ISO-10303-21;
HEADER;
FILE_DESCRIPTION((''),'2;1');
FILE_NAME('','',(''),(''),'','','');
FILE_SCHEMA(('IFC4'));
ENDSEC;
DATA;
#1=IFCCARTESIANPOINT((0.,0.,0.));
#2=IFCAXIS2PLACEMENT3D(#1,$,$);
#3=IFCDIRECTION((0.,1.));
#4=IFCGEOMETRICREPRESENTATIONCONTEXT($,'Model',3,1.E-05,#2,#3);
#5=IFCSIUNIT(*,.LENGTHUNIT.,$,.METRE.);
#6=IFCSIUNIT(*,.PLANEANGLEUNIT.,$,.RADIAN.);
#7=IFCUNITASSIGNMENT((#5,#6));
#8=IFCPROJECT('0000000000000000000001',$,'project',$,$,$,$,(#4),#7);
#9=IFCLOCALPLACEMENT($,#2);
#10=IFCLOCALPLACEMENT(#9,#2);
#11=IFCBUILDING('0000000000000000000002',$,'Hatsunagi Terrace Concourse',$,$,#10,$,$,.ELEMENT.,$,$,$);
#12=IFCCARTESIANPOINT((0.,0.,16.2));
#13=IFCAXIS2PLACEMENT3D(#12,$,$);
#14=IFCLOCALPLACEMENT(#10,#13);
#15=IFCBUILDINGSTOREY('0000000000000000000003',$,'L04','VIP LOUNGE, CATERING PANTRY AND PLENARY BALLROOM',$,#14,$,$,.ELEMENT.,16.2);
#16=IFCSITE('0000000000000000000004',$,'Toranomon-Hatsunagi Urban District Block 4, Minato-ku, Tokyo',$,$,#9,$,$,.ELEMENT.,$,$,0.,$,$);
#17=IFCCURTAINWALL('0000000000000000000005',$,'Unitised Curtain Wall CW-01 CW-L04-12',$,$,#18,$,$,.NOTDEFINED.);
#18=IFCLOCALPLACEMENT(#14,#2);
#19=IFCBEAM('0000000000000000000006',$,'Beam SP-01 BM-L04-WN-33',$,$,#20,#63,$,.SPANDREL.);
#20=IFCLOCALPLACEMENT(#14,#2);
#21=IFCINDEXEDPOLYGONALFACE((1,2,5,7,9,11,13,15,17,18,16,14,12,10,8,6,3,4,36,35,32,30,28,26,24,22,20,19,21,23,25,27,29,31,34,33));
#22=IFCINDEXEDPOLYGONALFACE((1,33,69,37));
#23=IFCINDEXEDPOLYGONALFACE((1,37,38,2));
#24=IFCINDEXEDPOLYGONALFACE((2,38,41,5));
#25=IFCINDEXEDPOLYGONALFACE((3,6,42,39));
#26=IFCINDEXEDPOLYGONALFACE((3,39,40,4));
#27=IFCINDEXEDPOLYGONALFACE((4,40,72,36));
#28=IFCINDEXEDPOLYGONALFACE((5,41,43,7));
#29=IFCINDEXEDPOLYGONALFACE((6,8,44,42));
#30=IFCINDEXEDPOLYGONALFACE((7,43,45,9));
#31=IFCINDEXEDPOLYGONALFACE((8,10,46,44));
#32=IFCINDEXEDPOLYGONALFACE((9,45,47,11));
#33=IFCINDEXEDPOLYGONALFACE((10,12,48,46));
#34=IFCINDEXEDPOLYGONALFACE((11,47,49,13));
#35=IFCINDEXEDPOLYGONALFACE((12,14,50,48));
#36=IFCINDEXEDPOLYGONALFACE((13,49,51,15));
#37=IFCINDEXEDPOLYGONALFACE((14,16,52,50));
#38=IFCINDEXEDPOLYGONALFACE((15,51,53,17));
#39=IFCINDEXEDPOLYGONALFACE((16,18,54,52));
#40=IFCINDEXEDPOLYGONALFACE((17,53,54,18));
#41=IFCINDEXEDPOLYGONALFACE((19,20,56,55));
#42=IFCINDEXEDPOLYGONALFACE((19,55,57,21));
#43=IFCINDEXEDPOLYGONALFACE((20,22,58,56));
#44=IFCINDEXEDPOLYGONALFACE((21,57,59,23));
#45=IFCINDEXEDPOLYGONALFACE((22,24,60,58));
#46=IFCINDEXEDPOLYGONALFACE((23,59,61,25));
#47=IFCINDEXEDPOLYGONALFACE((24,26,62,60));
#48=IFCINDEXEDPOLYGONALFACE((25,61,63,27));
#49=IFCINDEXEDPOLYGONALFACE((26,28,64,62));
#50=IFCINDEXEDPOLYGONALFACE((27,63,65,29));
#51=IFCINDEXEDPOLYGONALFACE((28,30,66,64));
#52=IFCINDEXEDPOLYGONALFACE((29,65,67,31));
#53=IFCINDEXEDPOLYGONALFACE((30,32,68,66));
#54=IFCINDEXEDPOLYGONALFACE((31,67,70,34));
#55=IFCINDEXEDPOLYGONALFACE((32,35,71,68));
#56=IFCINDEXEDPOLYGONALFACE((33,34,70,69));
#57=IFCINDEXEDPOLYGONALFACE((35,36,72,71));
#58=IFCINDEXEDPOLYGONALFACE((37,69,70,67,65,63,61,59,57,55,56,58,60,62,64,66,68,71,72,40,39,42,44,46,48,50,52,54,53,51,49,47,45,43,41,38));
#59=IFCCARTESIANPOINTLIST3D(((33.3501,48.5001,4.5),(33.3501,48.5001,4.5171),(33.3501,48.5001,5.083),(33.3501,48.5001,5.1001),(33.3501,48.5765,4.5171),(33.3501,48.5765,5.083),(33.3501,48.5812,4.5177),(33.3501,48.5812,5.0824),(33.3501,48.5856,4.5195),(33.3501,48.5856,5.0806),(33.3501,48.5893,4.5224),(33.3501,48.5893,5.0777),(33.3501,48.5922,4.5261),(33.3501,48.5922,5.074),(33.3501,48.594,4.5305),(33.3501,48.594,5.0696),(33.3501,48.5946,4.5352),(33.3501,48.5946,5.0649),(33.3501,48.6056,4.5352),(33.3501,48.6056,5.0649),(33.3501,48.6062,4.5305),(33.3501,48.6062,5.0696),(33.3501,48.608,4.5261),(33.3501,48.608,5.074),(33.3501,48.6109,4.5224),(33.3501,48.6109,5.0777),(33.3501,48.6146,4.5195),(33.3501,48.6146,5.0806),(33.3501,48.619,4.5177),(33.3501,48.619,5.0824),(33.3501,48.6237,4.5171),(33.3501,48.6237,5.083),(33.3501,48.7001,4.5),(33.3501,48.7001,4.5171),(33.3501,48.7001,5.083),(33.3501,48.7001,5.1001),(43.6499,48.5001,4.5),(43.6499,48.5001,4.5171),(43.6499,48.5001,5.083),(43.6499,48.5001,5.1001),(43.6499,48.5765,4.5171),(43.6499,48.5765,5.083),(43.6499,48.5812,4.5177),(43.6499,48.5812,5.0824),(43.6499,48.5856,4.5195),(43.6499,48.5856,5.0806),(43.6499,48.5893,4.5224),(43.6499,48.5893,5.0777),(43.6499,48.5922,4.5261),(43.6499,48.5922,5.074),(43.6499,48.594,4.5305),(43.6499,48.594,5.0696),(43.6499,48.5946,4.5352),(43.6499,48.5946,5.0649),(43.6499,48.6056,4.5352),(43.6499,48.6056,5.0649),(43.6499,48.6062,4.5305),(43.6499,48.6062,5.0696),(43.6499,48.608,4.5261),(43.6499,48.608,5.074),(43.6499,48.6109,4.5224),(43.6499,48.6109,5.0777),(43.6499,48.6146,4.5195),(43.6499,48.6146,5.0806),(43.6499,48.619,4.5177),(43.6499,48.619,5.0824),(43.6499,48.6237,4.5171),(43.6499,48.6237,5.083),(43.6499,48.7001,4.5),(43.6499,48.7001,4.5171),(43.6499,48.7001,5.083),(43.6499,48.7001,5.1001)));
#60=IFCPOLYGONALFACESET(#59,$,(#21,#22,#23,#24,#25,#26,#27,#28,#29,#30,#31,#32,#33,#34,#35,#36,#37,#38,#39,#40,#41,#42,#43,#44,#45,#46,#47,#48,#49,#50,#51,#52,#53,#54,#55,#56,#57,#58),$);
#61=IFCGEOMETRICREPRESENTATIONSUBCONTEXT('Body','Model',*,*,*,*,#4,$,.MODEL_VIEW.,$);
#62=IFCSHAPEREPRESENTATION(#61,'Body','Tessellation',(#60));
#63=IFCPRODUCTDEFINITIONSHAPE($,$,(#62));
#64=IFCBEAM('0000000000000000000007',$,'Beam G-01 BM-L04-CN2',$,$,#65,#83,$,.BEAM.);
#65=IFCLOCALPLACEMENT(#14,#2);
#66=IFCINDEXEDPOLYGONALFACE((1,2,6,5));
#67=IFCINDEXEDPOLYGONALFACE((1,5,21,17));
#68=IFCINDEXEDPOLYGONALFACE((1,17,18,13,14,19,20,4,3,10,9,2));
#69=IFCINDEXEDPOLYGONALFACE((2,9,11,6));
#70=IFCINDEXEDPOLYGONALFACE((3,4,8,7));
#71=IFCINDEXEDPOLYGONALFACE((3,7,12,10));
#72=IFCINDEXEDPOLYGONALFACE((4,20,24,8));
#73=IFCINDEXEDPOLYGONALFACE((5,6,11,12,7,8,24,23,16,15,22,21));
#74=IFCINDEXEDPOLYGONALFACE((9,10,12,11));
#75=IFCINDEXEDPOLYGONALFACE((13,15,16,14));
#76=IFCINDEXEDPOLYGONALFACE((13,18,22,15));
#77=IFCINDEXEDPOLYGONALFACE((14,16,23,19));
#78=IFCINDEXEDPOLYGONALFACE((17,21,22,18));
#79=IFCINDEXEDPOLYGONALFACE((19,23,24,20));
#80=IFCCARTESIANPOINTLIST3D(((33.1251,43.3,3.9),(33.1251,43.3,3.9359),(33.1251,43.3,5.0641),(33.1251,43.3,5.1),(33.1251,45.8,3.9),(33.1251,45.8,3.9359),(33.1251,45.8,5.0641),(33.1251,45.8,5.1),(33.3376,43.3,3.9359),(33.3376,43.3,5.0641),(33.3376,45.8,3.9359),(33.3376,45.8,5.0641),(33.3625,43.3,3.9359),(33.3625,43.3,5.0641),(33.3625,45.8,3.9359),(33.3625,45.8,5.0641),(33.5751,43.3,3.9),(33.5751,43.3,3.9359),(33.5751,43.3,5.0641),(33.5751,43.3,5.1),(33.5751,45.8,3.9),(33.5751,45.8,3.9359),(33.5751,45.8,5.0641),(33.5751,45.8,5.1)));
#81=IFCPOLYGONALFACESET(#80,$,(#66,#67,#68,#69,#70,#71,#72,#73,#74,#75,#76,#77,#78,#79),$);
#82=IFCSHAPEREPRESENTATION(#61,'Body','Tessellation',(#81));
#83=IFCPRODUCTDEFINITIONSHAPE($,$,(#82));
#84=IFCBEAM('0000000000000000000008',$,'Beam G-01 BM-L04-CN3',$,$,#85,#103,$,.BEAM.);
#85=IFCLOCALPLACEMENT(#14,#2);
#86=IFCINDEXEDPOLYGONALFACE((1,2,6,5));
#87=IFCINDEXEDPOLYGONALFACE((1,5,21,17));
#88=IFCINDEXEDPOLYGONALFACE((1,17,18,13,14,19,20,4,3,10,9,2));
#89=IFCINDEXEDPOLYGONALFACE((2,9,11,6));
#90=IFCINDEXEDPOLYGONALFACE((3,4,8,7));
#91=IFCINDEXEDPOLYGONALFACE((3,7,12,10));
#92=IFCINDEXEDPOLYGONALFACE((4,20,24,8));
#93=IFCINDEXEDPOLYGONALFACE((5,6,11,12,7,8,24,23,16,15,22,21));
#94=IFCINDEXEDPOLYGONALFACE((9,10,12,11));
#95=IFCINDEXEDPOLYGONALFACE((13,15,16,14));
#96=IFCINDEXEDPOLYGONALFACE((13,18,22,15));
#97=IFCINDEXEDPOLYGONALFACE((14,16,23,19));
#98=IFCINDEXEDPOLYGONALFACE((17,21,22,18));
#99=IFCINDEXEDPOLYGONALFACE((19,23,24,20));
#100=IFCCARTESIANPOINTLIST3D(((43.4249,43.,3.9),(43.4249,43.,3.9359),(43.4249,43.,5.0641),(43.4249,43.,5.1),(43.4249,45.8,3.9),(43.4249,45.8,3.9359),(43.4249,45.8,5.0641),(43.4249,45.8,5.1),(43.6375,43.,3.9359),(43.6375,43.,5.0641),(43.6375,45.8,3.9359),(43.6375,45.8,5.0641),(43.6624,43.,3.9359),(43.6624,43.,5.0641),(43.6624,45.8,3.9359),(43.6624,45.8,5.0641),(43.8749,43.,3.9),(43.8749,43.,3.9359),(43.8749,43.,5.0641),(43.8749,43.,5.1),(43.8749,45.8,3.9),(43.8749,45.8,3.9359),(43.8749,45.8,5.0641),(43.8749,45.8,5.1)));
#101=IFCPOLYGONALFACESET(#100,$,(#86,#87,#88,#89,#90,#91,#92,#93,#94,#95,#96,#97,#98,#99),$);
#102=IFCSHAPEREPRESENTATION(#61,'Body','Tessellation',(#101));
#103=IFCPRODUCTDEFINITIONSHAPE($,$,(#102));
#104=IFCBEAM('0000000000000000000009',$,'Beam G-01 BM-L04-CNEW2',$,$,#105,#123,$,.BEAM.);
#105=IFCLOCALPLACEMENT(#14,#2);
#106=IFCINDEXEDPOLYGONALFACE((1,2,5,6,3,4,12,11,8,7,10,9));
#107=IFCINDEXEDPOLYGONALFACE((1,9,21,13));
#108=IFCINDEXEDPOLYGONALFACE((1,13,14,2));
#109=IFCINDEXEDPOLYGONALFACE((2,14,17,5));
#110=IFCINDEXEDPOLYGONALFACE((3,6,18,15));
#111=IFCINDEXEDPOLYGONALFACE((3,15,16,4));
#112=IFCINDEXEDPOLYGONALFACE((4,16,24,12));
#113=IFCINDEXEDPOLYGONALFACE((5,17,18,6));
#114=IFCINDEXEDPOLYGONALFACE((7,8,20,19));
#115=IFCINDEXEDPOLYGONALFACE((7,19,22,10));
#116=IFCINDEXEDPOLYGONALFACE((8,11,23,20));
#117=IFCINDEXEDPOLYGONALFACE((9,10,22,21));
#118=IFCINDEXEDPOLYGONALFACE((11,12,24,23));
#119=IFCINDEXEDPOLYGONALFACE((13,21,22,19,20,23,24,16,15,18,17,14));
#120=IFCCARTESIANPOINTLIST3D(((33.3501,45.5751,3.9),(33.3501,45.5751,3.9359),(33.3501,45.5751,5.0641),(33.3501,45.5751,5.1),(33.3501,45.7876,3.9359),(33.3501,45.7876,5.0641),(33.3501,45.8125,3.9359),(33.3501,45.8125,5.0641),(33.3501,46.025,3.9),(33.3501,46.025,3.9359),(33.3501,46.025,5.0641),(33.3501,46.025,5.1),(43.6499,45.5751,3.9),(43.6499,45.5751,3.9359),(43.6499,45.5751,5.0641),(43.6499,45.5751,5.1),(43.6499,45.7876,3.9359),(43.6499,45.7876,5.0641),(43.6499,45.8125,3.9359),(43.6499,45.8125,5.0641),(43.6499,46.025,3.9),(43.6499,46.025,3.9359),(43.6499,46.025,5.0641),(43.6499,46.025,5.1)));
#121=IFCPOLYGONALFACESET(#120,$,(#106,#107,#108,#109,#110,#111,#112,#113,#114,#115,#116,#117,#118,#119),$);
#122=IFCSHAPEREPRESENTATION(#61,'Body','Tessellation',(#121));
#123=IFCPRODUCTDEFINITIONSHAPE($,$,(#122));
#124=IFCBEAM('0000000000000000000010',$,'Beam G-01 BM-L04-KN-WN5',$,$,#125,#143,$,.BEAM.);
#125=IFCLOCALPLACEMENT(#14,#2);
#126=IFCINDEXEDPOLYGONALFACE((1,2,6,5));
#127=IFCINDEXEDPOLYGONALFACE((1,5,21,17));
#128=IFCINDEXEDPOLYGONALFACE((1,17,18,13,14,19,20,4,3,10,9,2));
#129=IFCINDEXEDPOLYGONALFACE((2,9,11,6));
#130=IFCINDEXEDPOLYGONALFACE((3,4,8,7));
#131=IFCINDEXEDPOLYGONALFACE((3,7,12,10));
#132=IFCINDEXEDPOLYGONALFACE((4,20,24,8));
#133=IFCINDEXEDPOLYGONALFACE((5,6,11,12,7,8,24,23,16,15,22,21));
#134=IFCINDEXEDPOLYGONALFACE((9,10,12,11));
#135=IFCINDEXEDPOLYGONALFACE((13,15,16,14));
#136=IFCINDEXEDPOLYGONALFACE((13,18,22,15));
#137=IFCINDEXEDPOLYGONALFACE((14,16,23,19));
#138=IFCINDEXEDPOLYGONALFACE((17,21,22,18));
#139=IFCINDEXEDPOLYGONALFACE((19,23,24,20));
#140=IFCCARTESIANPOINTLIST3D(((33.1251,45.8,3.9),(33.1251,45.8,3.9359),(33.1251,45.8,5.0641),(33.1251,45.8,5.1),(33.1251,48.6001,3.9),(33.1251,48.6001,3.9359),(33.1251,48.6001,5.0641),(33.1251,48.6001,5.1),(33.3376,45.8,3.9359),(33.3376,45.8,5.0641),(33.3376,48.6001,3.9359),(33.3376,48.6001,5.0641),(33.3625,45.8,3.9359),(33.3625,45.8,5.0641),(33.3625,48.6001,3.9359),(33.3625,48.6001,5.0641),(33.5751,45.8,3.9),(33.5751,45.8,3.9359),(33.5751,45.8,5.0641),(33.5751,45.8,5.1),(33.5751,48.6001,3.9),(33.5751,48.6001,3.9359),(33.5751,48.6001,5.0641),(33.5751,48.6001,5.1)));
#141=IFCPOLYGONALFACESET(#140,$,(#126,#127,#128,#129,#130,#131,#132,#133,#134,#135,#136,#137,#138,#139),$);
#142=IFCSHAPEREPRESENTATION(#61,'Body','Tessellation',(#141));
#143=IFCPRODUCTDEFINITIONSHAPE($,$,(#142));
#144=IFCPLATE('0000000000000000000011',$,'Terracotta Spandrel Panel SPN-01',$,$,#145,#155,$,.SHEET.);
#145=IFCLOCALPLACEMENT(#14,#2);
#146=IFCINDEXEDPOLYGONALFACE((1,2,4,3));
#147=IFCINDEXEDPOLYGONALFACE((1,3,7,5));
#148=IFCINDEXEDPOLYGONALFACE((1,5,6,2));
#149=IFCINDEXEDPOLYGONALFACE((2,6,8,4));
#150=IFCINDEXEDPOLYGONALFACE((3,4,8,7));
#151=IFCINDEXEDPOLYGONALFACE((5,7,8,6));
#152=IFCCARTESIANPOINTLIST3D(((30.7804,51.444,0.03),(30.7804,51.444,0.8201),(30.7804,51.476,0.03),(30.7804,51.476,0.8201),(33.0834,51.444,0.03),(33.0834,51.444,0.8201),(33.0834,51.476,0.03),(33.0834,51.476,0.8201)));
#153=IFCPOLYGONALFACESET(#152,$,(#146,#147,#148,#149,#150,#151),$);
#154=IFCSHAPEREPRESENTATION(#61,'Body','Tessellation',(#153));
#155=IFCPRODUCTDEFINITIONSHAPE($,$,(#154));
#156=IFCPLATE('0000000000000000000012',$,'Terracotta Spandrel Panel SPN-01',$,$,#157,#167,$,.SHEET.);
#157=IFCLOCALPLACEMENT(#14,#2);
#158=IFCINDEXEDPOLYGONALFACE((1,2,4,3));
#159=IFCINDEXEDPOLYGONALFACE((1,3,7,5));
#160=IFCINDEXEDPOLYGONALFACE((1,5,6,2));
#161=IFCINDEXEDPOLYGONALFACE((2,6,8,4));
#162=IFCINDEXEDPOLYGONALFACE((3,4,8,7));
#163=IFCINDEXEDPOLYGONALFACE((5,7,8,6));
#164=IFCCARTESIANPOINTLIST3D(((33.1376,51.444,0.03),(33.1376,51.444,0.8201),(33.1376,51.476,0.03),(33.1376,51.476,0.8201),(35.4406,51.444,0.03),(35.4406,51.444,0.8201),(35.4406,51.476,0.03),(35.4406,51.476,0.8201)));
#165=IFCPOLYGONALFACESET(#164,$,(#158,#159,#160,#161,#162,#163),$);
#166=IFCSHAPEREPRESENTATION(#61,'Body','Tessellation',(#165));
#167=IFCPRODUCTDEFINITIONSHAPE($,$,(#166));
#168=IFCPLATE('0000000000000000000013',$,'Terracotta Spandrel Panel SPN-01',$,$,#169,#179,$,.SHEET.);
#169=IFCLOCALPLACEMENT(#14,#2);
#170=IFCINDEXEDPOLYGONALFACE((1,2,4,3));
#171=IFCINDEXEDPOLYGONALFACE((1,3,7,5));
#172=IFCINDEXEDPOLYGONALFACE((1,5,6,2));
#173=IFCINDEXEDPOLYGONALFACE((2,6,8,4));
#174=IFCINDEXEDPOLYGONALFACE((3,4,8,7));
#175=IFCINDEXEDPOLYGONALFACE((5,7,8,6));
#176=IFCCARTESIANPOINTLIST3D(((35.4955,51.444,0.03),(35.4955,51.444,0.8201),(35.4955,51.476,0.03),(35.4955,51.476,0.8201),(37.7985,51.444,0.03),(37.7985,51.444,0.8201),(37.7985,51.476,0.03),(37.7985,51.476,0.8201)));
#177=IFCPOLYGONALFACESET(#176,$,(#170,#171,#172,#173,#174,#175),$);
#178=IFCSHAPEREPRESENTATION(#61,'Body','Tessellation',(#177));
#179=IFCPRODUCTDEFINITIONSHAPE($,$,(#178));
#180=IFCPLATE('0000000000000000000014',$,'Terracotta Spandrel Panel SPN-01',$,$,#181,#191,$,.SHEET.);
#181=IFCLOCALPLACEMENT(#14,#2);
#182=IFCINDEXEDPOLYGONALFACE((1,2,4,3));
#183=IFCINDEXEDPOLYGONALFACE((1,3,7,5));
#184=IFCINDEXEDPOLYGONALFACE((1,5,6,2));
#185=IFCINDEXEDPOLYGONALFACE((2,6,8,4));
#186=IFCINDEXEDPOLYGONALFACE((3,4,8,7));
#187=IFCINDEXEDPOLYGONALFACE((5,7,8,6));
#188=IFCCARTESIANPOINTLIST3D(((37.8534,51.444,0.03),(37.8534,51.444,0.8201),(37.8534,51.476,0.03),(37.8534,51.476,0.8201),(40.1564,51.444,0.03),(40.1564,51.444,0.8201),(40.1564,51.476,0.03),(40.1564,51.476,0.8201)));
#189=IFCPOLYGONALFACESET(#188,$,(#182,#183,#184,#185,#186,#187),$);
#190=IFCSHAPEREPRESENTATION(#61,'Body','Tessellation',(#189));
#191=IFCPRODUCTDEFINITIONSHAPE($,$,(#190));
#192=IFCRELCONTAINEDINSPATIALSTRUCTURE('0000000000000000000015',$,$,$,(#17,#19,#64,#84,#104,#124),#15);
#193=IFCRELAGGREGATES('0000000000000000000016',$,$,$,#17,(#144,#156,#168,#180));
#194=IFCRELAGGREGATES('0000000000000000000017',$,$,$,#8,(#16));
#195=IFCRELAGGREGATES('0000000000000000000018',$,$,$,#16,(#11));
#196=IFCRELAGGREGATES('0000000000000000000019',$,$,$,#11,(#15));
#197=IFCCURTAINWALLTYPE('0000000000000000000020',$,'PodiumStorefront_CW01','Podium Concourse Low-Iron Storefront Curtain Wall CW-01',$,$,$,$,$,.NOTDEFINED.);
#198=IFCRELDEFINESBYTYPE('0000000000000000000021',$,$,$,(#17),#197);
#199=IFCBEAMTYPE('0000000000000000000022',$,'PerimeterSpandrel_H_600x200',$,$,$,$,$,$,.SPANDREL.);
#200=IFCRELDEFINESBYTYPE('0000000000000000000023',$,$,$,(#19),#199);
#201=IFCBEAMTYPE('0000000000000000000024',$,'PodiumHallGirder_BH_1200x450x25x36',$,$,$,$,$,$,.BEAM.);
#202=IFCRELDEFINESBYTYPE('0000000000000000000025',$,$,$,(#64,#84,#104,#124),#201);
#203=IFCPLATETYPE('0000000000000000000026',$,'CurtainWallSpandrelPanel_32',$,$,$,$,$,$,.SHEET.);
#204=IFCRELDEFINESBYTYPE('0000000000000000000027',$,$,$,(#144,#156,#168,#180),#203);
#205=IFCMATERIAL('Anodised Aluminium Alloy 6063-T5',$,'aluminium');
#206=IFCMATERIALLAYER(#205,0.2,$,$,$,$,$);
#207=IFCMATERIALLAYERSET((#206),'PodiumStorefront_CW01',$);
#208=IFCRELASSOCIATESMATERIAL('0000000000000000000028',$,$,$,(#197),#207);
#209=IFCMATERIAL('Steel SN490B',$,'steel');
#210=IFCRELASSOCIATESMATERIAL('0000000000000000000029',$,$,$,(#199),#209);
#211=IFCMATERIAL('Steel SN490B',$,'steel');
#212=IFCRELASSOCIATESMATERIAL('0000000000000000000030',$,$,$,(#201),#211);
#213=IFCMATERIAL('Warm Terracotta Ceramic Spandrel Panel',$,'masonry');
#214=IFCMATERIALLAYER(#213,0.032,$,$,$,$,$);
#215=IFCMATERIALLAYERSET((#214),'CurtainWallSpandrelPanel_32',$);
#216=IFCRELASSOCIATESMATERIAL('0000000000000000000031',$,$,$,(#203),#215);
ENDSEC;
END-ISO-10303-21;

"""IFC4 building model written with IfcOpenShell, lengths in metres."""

from ifc_helpers import new_model, si_unit, direction, frame, origin, origin_2d, place, context, subcontext, project, spatial, rectangle, i_section, extrude, material, layer, layer_set, material_profile, profile_set, type_object, element, aggregate, save


model = new_model("IFC4")

# Units and contexts
model_context = context("Model", 3, precision=1e-05, world=origin(), true_north=direction((0.0, 1.0)))
body_context = subcontext(model_context, "Body", "Model", "MODEL_VIEW")
ifc_project = project(units=[si_unit("LENGTHUNIT", "METRE"), si_unit("PLANEANGLEUNIT", "RADIAN")], contexts=[model_context])

# Site, building, storey
site_placement = place(None, origin())
site = spatial("IfcSite", under=ifc_project, at=site_placement, Name="Toranomon-Hatsunagi Urban District Block 4, Minato-ku, Tokyo", CompositionType="ELEMENT", RefElevation=0.0)
building_placement = place(site_placement, origin())
building = spatial("IfcBuilding", under=site, at=building_placement, Name="Hatsunagi Terrace Concourse", CompositionType="ELEMENT")
storey_placement = place(building_placement, frame((0.0, 0.0, 16.2)))
storey = spatial("IfcBuildingStorey", under=building, at=storey_placement, Name="L04", Description="VIP LOUNGE, CATERING PANTRY AND PLENARY BALLROOM", CompositionType="ELEMENT", Elevation=16.2)

# Curtain wall
ifc_material_1 = material(Name="Anodised Aluminium Alloy 6063-T5", Category="aluminium")
ifc_layer_1 = layer(ifc_material_1, 0.2)
ifc_layer_set_1 = layer_set([ifc_layer_1], Name="PodiumStorefront_CW01")
curtain_wall_type = type_object("IfcCurtainWallType", Name="PodiumStorefront_CW01", Description="Podium Concourse Low-Iron Storefront Curtain Wall CW-01", PredefinedType="NOTDEFINED", material=ifc_layer_set_1)
curtain_wall_placement = place(storey_placement, origin())
curtain_wall = element("IfcCurtainWall", 1, at=curtain_wall_placement, inside=storey, type_object=curtain_wall_type, Name="Unitised Curtain Wall CW-01 CW-L04-12", PredefinedType="NOTDEFINED")

# Beams
ifc_material_2 = material(Name="Steel SN490B", Category="steel")
ifc_material_profile_1 = material_profile(ifc_material_2, i_section(OverallWidth=0.2, OverallDepth=0.6001, WebThickness=0.011, FlangeThickness=0.0171, FilletRadius=0.0181, at=origin_2d()), Name="H-600x200x11x17")
ifc_profile_set_1 = profile_set([ifc_material_profile_1], Name="Steel SN490B")
beam_type_1 = type_object("IfcBeamType", Name="PerimeterSpandrel_H_600x200", PredefinedType="SPANDREL", material=ifc_profile_set_1)
beam_1_placement = place(storey_placement, frame((33.3501, 48.6001, 4.8), z_axis=(1.0, 0.0, 0.0), x_axis=(0.0, 1.0, 0.0)))
element("IfcBeam", 2, at=beam_1_placement, inside=storey, type_object=beam_type_1, Name="Beam SP-01 BM-L04-WN-33", PredefinedType="SPANDREL", context=body_context, shape_type="SweptSolid", body=[
    extrude(i_section(OverallWidth=0.2, OverallDepth=0.6001, WebThickness=0.011, FlangeThickness=0.0171, FilletRadius=0.0181, at=origin_2d()), origin(), (0.0, 0.0, 1.0), 10.2998),
])
ifc_material_3 = material(Name="Steel SN490B", Category="steel")
ifc_material_profile_2 = material_profile(ifc_material_3, i_section(OverallWidth=0.45, OverallDepth=1.2, WebThickness=0.0249, FlangeThickness=0.0359, at=origin_2d()), Name="BH-1200x450x25x36")
ifc_profile_set_2 = profile_set([ifc_material_profile_2], Name="Steel SN490B")
beam_type_2 = type_object("IfcBeamType", Name="PodiumHallGirder_BH_1200x450x25x36", PredefinedType="BEAM", material=ifc_profile_set_2)
beam_2_placement = place(storey_placement, frame((33.3501, 43.3, 4.5), z_axis=(0.0, 1.0, 0.0), x_axis=(-1.0, 0.0, 0.0)))
element("IfcBeam", 3, at=beam_2_placement, inside=storey, type_object=beam_type_2, Name="Beam G-01 BM-L04-CN2", PredefinedType="BEAM", context=body_context, shape_type="SweptSolid", body=[
    extrude(i_section(OverallWidth=0.45, OverallDepth=1.2, WebThickness=0.0249, FlangeThickness=0.0359, at=origin_2d()), origin(), (0.0, 0.0, 1.0), 2.5),
])
beam_3_placement = place(storey_placement, frame((43.6499, 43.0, 4.5), z_axis=(0.0, 1.0, 0.0), x_axis=(-1.0, 0.0, 0.0)))
element("IfcBeam", 4, at=beam_3_placement, inside=storey, type_object=beam_type_2, Name="Beam G-01 BM-L04-CN3", PredefinedType="BEAM", context=body_context, shape_type="SweptSolid", body=[
    extrude(i_section(OverallWidth=0.45, OverallDepth=1.2, WebThickness=0.0249, FlangeThickness=0.0359, at=origin_2d()), origin(), (0.0, 0.0, 1.0), 2.8),
])
beam_4_placement = place(storey_placement, frame((33.3501, 45.8, 4.5), z_axis=(1.0, 0.0, 0.0), x_axis=(0.0, 1.0, 0.0)))
element("IfcBeam", 5, at=beam_4_placement, inside=storey, type_object=beam_type_2, Name="Beam G-01 BM-L04-CNEW2", PredefinedType="BEAM", context=body_context, shape_type="SweptSolid", body=[
    extrude(i_section(OverallWidth=0.45, OverallDepth=1.2, WebThickness=0.0249, FlangeThickness=0.0359, at=origin_2d()), origin(), (0.0, 0.0, 1.0), 10.2998),
])
beam_5_placement = place(storey_placement, frame((33.3501, 45.8, 4.5), z_axis=(0.0, 1.0, 0.0), x_axis=(-1.0, 0.0, 0.0)))
element("IfcBeam", 6, at=beam_5_placement, inside=storey, type_object=beam_type_2, Name="Beam G-01 BM-L04-KN-WN5", PredefinedType="BEAM", context=body_context, shape_type="SweptSolid", body=[
    extrude(i_section(OverallWidth=0.45, OverallDepth=1.2, WebThickness=0.0249, FlangeThickness=0.0359, at=origin_2d()), origin(), (0.0, 0.0, 1.0), 2.8),
])

# Plates
ifc_material_4 = material(Name="Warm Terracotta Ceramic Spandrel Panel", Category="masonry")
ifc_layer_2 = layer(ifc_material_4, 0.032)
ifc_layer_set_2 = layer_set([ifc_layer_2], Name="CurtainWallSpandrelPanel_32")
plate_type_1 = type_object("IfcPlateType", Name="CurtainWallSpandrelPanel_32", PredefinedType="SHEET", material=ifc_layer_set_2)
plate_1_placement = place(storey_placement, frame((31.9319, 51.46, 0.03), z_axis=(0.0, 0.0, 1.0), x_axis=(1.0, 0.0, 0.0)))
plate_1 = element("IfcPlate", 7, at=plate_1_placement, type_object=plate_type_1, Name="Terracotta Spandrel Panel SPN-01", PredefinedType="SHEET", context=body_context, shape_type="SweptSolid", body=[
    extrude(rectangle(XDim=2.303, YDim=0.032, at=origin_2d()), origin(), (0.0, 0.0, 1.0), 0.79),
])
plate_2_placement = place(storey_placement, frame((34.2891, 51.46, 0.03), z_axis=(0.0, 0.0, 1.0), x_axis=(1.0, 0.0, 0.0)))
plate_2 = element("IfcPlate", 8, at=plate_2_placement, type_object=plate_type_1, Name="Terracotta Spandrel Panel SPN-01", PredefinedType="SHEET", context=body_context, shape_type="SweptSolid", body=[
    extrude(rectangle(XDim=2.303, YDim=0.032, at=origin_2d()), origin(), (0.0, 0.0, 1.0), 0.79),
])
plate_3_placement = place(storey_placement, frame((36.647, 51.46, 0.03), z_axis=(0.0, 0.0, 1.0), x_axis=(1.0, 0.0, 0.0)))
plate_3 = element("IfcPlate", 9, at=plate_3_placement, type_object=plate_type_1, Name="Terracotta Spandrel Panel SPN-01", PredefinedType="SHEET", context=body_context, shape_type="SweptSolid", body=[
    extrude(rectangle(XDim=2.303, YDim=0.032, at=origin_2d()), origin(), (0.0, 0.0, 1.0), 0.79),
])
plate_4_placement = place(storey_placement, frame((39.0049, 51.46, 0.03), z_axis=(0.0, 0.0, 1.0), x_axis=(1.0, 0.0, 0.0)))
plate_4 = element("IfcPlate", 10, at=plate_4_placement, type_object=plate_type_1, Name="Terracotta Spandrel Panel SPN-01", PredefinedType="SHEET", context=body_context, shape_type="SweptSolid", body=[
    extrude(rectangle(XDim=2.303, YDim=0.032, at=origin_2d()), origin(), (0.0, 0.0, 1.0), 0.79),
])
aggregate(curtain_wall, [plate_1, plate_2, plate_3, plate_4])

save(model, "model.ifc")
